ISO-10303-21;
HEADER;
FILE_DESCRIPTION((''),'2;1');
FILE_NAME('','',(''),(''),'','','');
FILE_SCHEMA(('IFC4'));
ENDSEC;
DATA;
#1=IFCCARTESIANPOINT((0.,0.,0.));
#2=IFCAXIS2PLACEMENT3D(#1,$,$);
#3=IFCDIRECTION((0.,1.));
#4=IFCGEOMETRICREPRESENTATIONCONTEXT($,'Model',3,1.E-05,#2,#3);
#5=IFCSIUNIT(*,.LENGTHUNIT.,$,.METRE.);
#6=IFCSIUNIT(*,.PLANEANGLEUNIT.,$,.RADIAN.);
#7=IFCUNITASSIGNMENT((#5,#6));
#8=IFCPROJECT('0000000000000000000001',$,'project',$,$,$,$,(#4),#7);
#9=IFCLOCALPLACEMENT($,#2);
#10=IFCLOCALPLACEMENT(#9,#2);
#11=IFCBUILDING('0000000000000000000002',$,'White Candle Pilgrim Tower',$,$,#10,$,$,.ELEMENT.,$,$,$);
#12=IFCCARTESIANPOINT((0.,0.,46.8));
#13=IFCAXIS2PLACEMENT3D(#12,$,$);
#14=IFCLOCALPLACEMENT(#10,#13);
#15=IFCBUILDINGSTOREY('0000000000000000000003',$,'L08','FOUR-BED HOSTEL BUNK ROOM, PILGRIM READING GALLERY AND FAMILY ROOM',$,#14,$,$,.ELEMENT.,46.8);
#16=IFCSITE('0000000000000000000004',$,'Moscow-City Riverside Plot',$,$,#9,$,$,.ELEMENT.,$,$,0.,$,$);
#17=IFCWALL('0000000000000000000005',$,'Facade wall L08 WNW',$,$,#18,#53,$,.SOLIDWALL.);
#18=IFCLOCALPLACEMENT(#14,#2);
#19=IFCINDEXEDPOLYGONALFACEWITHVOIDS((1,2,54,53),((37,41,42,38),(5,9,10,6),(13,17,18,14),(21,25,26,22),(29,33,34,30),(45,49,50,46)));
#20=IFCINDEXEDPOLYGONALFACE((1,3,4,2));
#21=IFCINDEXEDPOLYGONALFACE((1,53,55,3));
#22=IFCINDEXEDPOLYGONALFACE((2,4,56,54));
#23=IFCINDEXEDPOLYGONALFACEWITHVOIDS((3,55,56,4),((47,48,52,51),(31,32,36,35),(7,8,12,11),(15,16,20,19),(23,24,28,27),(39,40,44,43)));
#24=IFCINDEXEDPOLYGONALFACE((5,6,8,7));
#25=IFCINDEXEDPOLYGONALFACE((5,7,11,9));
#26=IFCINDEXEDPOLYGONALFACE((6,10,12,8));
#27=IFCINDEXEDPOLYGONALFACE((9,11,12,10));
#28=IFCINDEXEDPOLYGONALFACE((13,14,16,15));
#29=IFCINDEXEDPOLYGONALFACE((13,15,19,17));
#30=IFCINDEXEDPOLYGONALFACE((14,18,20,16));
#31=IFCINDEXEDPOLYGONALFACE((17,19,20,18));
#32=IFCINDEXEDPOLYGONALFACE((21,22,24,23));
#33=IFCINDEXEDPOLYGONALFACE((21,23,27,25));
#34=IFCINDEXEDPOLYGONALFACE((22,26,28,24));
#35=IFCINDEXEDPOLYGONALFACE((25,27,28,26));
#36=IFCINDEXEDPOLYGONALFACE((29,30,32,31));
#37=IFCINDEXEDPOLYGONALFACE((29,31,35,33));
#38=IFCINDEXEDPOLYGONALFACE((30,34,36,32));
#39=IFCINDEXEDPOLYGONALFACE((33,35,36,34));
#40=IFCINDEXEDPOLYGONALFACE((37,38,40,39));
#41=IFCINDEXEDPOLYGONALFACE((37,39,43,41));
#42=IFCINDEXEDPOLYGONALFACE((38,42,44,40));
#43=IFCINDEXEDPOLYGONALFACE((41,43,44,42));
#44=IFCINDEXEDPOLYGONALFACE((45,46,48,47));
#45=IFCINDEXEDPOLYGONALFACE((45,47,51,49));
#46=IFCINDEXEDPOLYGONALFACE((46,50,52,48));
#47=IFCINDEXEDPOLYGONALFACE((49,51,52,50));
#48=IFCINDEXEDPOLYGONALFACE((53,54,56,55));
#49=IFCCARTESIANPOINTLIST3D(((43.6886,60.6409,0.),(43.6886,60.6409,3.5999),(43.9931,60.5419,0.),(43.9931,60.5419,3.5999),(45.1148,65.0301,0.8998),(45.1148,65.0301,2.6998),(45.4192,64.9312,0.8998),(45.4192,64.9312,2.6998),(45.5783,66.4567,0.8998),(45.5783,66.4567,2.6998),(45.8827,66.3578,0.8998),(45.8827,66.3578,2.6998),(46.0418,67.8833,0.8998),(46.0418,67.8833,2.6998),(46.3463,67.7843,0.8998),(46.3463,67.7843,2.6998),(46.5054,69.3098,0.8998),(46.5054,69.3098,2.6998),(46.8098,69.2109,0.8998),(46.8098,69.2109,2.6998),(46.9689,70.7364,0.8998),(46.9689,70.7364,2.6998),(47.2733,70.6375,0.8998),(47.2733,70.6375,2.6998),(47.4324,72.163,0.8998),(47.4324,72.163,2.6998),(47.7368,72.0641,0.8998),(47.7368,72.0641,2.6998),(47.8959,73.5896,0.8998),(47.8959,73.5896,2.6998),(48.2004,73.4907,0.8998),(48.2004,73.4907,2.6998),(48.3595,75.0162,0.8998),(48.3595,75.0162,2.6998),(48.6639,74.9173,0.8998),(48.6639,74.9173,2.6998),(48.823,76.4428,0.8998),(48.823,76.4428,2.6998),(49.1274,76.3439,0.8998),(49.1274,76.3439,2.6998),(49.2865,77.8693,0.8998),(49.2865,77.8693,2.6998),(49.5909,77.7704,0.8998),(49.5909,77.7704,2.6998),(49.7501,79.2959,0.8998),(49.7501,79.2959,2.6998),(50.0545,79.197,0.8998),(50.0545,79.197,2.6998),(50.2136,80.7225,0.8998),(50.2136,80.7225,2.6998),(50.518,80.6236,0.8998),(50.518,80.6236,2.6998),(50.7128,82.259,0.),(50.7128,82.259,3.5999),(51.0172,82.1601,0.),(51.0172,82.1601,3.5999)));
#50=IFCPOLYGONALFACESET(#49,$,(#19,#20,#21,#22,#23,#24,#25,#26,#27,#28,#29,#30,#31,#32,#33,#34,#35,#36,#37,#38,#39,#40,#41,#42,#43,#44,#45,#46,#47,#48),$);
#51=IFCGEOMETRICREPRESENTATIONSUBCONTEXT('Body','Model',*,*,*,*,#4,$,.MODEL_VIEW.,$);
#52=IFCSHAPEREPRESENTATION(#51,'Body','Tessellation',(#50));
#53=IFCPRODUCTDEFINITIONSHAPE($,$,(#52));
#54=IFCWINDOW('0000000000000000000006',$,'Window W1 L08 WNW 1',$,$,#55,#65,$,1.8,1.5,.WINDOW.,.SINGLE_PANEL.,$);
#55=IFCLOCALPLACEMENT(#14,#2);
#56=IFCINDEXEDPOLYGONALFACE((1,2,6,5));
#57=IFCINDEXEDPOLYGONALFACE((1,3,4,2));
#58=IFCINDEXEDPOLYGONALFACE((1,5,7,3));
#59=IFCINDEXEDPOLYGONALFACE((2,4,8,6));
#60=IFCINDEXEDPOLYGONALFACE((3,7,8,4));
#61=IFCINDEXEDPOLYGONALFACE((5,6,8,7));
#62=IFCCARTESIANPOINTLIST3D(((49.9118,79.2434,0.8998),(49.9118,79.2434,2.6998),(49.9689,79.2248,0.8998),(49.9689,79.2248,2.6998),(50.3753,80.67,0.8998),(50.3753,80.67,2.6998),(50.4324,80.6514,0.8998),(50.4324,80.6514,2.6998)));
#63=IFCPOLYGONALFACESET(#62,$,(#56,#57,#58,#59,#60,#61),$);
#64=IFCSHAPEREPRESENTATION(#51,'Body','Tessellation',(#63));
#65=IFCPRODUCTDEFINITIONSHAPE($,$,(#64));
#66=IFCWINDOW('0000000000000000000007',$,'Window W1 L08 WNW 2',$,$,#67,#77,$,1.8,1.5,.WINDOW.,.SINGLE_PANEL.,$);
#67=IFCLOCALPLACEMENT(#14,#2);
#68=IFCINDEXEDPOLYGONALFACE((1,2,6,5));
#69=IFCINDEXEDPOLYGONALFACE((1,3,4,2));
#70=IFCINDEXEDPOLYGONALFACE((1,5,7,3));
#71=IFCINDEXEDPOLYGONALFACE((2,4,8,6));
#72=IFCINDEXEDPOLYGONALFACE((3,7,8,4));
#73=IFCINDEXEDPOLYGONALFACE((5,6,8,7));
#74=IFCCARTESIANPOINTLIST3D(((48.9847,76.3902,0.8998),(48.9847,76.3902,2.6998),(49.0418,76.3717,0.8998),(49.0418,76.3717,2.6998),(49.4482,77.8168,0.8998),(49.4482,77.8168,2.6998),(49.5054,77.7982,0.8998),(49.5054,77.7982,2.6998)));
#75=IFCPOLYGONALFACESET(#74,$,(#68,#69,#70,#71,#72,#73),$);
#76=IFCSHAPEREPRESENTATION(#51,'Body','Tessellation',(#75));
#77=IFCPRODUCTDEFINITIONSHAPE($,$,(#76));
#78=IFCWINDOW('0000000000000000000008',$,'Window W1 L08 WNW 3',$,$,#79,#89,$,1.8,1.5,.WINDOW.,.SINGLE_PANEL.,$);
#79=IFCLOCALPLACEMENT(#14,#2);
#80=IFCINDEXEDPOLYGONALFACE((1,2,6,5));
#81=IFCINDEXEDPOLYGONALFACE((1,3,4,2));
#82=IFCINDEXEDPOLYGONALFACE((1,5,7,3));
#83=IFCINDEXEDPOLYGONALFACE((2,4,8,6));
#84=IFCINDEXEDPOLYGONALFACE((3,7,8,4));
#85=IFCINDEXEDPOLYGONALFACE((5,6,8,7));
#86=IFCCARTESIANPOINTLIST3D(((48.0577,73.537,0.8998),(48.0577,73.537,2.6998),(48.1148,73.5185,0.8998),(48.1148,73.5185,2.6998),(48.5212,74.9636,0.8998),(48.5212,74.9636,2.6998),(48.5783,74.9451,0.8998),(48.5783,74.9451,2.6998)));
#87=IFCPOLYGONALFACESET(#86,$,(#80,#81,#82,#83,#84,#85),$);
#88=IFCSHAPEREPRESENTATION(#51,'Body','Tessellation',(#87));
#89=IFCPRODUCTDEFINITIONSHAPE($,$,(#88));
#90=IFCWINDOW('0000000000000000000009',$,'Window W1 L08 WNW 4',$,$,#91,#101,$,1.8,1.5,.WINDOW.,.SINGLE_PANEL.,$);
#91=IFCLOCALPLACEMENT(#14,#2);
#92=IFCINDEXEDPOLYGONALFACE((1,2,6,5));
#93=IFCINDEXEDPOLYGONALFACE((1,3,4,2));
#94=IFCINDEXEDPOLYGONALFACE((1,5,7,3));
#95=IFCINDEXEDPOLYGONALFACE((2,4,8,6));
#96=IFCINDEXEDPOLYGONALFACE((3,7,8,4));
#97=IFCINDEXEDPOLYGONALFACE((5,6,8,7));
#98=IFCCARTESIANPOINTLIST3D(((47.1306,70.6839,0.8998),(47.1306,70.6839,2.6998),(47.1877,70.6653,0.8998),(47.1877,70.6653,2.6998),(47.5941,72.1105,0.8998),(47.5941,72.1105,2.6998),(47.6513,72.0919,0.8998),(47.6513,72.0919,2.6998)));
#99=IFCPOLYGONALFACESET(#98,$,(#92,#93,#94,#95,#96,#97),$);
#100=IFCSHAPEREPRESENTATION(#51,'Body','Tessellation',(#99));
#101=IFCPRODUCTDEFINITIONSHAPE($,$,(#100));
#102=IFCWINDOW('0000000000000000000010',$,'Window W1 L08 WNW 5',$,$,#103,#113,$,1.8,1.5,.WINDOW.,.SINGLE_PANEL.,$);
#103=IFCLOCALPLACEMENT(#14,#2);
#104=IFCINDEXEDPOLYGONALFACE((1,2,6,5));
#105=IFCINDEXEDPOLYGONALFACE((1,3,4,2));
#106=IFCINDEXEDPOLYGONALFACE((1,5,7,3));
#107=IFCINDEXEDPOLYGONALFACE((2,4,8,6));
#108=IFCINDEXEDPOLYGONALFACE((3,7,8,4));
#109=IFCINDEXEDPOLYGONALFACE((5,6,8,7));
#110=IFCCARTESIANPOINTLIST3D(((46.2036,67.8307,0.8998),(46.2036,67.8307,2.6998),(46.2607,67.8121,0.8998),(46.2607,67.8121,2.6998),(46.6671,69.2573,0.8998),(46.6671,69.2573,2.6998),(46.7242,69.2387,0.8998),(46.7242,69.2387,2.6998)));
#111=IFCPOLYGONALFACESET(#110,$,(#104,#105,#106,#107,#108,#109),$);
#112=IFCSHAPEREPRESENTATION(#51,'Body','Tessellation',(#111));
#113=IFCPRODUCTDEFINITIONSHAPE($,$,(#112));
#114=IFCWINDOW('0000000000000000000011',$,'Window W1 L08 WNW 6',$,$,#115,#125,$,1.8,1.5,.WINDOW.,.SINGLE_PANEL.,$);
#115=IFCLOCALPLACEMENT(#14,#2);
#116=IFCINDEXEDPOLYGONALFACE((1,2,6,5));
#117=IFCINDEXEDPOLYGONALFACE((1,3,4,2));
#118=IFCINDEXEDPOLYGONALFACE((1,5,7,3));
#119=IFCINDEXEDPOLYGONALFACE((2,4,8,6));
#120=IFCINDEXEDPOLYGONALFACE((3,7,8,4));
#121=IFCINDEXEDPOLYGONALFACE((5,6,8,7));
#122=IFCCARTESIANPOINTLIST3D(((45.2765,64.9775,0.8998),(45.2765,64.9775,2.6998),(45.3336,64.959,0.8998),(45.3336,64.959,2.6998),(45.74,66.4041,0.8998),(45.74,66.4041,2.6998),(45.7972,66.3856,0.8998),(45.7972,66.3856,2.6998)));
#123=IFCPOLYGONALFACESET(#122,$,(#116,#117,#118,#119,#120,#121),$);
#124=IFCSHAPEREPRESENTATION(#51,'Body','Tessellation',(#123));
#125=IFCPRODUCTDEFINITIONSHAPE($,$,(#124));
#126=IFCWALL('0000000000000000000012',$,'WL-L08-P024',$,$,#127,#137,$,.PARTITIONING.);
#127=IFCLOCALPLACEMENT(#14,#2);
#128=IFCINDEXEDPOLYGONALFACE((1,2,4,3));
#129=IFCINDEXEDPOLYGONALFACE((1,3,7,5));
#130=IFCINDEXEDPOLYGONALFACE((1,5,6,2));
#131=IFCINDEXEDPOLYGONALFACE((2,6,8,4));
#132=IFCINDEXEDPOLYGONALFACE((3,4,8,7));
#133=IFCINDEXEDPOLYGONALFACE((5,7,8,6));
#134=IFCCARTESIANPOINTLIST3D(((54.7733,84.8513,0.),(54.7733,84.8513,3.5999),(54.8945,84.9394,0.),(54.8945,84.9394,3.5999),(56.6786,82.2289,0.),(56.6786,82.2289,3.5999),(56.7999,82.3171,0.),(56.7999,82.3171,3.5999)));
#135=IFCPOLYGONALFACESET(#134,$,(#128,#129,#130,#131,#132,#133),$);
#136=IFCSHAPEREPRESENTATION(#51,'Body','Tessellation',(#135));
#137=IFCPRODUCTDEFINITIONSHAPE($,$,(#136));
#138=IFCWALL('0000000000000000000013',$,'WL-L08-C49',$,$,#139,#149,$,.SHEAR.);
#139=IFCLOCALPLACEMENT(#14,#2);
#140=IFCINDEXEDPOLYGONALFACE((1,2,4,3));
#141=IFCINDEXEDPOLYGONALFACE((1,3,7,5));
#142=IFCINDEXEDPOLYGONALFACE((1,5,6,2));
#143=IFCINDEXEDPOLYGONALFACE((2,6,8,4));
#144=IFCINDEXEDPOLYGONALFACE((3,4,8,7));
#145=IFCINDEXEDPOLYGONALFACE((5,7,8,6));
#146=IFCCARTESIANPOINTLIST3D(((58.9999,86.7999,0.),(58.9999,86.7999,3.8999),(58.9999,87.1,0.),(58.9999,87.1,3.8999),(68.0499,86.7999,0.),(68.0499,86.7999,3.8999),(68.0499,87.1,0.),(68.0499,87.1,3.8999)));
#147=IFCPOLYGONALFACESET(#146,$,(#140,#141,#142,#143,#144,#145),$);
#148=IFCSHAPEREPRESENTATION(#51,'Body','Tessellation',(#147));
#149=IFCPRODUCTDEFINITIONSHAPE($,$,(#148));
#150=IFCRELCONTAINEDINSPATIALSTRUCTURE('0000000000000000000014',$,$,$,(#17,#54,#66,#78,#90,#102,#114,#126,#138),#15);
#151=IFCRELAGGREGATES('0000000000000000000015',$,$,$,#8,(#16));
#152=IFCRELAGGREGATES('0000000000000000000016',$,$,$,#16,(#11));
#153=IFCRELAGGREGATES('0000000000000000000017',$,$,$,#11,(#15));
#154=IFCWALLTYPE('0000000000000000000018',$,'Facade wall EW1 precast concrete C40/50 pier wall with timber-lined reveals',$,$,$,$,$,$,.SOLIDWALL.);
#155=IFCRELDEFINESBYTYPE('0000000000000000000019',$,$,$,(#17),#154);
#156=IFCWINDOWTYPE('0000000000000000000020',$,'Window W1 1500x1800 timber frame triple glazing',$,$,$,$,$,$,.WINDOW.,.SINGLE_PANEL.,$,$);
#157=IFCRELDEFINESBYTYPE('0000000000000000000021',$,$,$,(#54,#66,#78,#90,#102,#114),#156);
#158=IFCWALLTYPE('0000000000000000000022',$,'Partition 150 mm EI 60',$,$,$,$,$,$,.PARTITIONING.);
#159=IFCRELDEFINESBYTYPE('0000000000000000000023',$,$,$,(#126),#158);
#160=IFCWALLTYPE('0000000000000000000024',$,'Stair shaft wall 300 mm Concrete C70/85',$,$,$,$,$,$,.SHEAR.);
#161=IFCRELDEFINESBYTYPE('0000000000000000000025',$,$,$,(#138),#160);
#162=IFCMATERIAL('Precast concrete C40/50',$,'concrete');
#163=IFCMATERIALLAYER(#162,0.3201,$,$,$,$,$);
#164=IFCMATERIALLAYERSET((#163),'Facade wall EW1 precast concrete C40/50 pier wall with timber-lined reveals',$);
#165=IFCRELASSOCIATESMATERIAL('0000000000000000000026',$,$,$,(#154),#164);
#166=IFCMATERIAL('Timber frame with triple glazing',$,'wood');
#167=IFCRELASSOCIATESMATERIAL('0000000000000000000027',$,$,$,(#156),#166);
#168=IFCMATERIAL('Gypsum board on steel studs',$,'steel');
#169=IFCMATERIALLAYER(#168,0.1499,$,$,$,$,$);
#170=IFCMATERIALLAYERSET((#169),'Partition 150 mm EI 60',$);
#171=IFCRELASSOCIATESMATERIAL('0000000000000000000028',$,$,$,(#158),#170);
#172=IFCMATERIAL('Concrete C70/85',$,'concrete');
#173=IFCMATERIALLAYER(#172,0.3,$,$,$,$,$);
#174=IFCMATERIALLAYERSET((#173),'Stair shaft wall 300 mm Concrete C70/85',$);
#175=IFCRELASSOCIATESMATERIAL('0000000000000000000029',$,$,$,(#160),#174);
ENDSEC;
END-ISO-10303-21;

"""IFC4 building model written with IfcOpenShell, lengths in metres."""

from ifc_helpers import new_model, si_unit, direction, frame, frame_2d, origin, place, context, subcontext, project, spatial, rectangle, extrude, material, layer, layer_set, type_object, element, fill, save


model = new_model("IFC4")

# Units and contexts
model_context = context("Model", 3, precision=1e-05, world=origin(), true_north=direction((0.0, 1.0)))
body_context = subcontext(model_context, "Body", "Model", "MODEL_VIEW")
ifc_project = project(units=[si_unit("LENGTHUNIT", "METRE"), si_unit("PLANEANGLEUNIT", "RADIAN")], contexts=[model_context])

# Site, building, storey
site_placement = place(None, origin())
site = spatial("IfcSite", under=ifc_project, at=site_placement, Name="Moscow-City Riverside Plot", CompositionType="ELEMENT", RefElevation=0.0)
building_placement = place(site_placement, origin())
building = spatial("IfcBuilding", under=site, at=building_placement, Name="White Candle Pilgrim Tower", CompositionType="ELEMENT")
storey_placement = place(building_placement, frame((0.0, 0.0, 46.8)))
storey = spatial("IfcBuildingStorey", under=building, at=storey_placement, Name="L08", Description="FOUR-BED HOSTEL BUNK ROOM, PILGRIM READING GALLERY AND FAMILY ROOM", CompositionType="ELEMENT", Elevation=46.8)

# Shared definitions
ifc_material_1 = material(Name="Concrete C70/85", Category="concrete")

# Wall, openings, windows
ifc_material_2 = material(Name="Precast concrete C40/50", Category="concrete")
ifc_layer_1 = layer(ifc_material_2, 0.3201)
ifc_layer_set_1 = layer_set([ifc_layer_1], Name="Facade wall EW1 precast concrete C40/50 pier wall with timber-lined reveals")
wall_type_1 = type_object("IfcWallType", Name="Facade wall EW1 precast concrete C40/50 pier wall with timber-lined reveals", PredefinedType="SOLIDWALL", material=ifc_layer_set_1)
ifc_material_3 = material(Name="Timber frame with triple glazing", Category="wood")
wall_1_placement = place(storey_placement, frame((50.865, 82.2095, 0.0), z_axis=(0.0, 0.0, 1.0), x_axis=(-0.309017, -0.951056, 0.0)))
wall_1 = element("IfcWall", 1, at=wall_1_placement, inside=storey, type_object=wall_type_1, Name="Facade wall L08 WNW", PredefinedType="SOLIDWALL", context=body_context, shape_type="SweptSolid", body=[
    extrude(rectangle(XDim=22.7307, YDim=0.3201, at=frame_2d((11.3652, 0.0))), origin(), (0.0, 0.0, 1.0), 3.5999),
])
opening_1_placement = place(wall_1_placement, frame((1.6155, 0.0, 0.8999)))
opening_1 = element("IfcOpeningElement", 2, at=opening_1_placement, cuts=wall_1, PredefinedType="OPENING", context=body_context, shape_type="SweptSolid", body=[
    extrude(rectangle(XDim=1.5, YDim=1.8, at=frame_2d((0.75, 0.8999))), frame((0.0, 0.1699, 0.0), z_axis=(0.0, -1.0, 0.0), x_axis=(1.0, 0.0, 0.0)), (0.0, 0.0, 1.0), 0.3401),
])
opening_2_placement = place(wall_1_placement, frame((4.6155, 0.0, 0.8999)))
opening_2 = element("IfcOpeningElement", 3, at=opening_2_placement, cuts=wall_1, PredefinedType="OPENING", context=body_context, shape_type="SweptSolid", body=[
    extrude(rectangle(XDim=1.5, YDim=1.8, at=frame_2d((0.75, 0.8999))), frame((0.0, 0.1699, 0.0), z_axis=(0.0, -1.0, 0.0), x_axis=(1.0, 0.0, 0.0)), (0.0, 0.0, 1.0), 0.3401),
])
opening_3_placement = place(wall_1_placement, frame((7.6155, 0.0, 0.8999)))
opening_3 = element("IfcOpeningElement", 4, at=opening_3_placement, cuts=wall_1, PredefinedType="OPENING", context=body_context, shape_type="SweptSolid", body=[
    extrude(rectangle(XDim=1.5, YDim=1.8, at=frame_2d((0.75, 0.8999))), frame((0.0, 0.1699, 0.0), z_axis=(0.0, -1.0, 0.0), x_axis=(1.0, 0.0, 0.0)), (0.0, 0.0, 1.0), 0.3401),
])
opening_4_placement = place(wall_1_placement, frame((10.6155, 0.0, 0.8999)))
opening_4 = element("IfcOpeningElement", 5, at=opening_4_placement, cuts=wall_1, PredefinedType="OPENING", context=body_context, shape_type="SweptSolid", body=[
    extrude(rectangle(XDim=1.5, YDim=1.8, at=frame_2d((0.75, 0.8999))), frame((0.0, 0.1699, 0.0), z_axis=(0.0, -1.0, 0.0), x_axis=(1.0, 0.0, 0.0)), (0.0, 0.0, 1.0), 0.3401),
])
opening_5_placement = place(wall_1_placement, frame((13.6155, 0.0, 0.8999)))
opening_5 = element("IfcOpeningElement", 6, at=opening_5_placement, cuts=wall_1, PredefinedType="OPENING", context=body_context, shape_type="SweptSolid", body=[
    extrude(rectangle(XDim=1.5, YDim=1.8, at=frame_2d((0.75, 0.8999))), frame((0.0, 0.1699, 0.0), z_axis=(0.0, -1.0, 0.0), x_axis=(1.0, 0.0, 0.0)), (0.0, 0.0, 1.0), 0.3401),
])
opening_6_placement = place(wall_1_placement, frame((16.6155, 0.0, 0.8999)))
opening_6 = element("IfcOpeningElement", 7, at=opening_6_placement, cuts=wall_1, PredefinedType="OPENING", context=body_context, shape_type="SweptSolid", body=[
    extrude(rectangle(XDim=1.5, YDim=1.8, at=frame_2d((0.75, 0.8999))), frame((0.0, 0.1699, 0.0), z_axis=(0.0, -1.0, 0.0), x_axis=(1.0, 0.0, 0.0)), (0.0, 0.0, 1.0), 0.3401),
])
window_type_1 = type_object("IfcWindowType", Name="Window W1 1500x1800 timber frame triple glazing", PartitioningType="SINGLE_PANEL", PredefinedType="WINDOW", material=ifc_material_3)
window_1_placement = place(opening_1_placement, origin())
window_1 = element("IfcWindow", 8, at=window_1_placement, inside=storey, type_object=window_type_1, Name="Window W1 L08 WNW 1", OverallHeight=1.8, OverallWidth=1.5, PartitioningType="SINGLE_PANEL", PredefinedType="WINDOW", context=body_context, shape_type="SweptSolid", body=[
    extrude(rectangle(XDim=1.5, YDim=1.8, at=frame_2d((0.75, 0.8999))), frame((0.0, 0.0701, 0.0), z_axis=(0.0, -1.0, 0.0), x_axis=(1.0, 0.0, 0.0)), (0.0, 0.0, 1.0), 0.0601),
])
fill(opening_1, window_1)
window_2_placement = place(opening_2_placement, origin())
window_2 = element("IfcWindow", 9, at=window_2_placement, inside=storey, type_object=window_type_1, Name="Window W1 L08 WNW 2", OverallHeight=1.8, OverallWidth=1.5, PartitioningType="SINGLE_PANEL", PredefinedType="WINDOW", context=body_context, shape_type="SweptSolid", body=[
    extrude(rectangle(XDim=1.5, YDim=1.8, at=frame_2d((0.75, 0.8999))), frame((0.0, 0.0701, 0.0), z_axis=(0.0, -1.0, 0.0), x_axis=(1.0, 0.0, 0.0)), (0.0, 0.0, 1.0), 0.0601),
])
fill(opening_2, window_2)
window_3_placement = place(opening_3_placement, origin())
window_3 = element("IfcWindow", 10, at=window_3_placement, inside=storey, type_object=window_type_1, Name="Window W1 L08 WNW 3", OverallHeight=1.8, OverallWidth=1.5, PartitioningType="SINGLE_PANEL", PredefinedType="WINDOW", context=body_context, shape_type="SweptSolid", body=[
    extrude(rectangle(XDim=1.5, YDim=1.8, at=frame_2d((0.75, 0.8999))), frame((0.0, 0.0701, 0.0), z_axis=(0.0, -1.0, 0.0), x_axis=(1.0, 0.0, 0.0)), (0.0, 0.0, 1.0), 0.0601),
])
fill(opening_3, window_3)
window_4_placement = place(opening_4_placement, origin())
window_4 = element("IfcWindow", 11, at=window_4_placement, inside=storey, type_object=window_type_1, Name="Window W1 L08 WNW 4", OverallHeight=1.8, OverallWidth=1.5, PartitioningType="SINGLE_PANEL", PredefinedType="WINDOW", context=body_context, shape_type="SweptSolid", body=[
    extrude(rectangle(XDim=1.5, YDim=1.8, at=frame_2d((0.75, 0.8999))), frame((0.0, 0.0701, 0.0), z_axis=(0.0, -1.0, 0.0), x_axis=(1.0, 0.0, 0.0)), (0.0, 0.0, 1.0), 0.0601),
])
fill(opening_4, window_4)
window_5_placement = place(opening_5_placement, origin())
window_5 = element("IfcWindow", 12, at=window_5_placement, inside=storey, type_object=window_type_1, Name="Window W1 L08 WNW 5", OverallHeight=1.8, OverallWidth=1.5, PartitioningType="SINGLE_PANEL", PredefinedType="WINDOW", context=body_context, shape_type="SweptSolid", body=[
    extrude(rectangle(XDim=1.5, YDim=1.8, at=frame_2d((0.75, 0.8999))), frame((0.0, 0.0701, 0.0), z_axis=(0.0, -1.0, 0.0), x_axis=(1.0, 0.0, 0.0)), (0.0, 0.0, 1.0), 0.0601),
])
fill(opening_5, window_5)
window_6_placement = place(opening_6_placement, origin())
window_6 = element("IfcWindow", 13, at=window_6_placement, inside=storey, type_object=window_type_1, Name="Window W1 L08 WNW 6", OverallHeight=1.8, OverallWidth=1.5, PartitioningType="SINGLE_PANEL", PredefinedType="WINDOW", context=body_context, shape_type="SweptSolid", body=[
    extrude(rectangle(XDim=1.5, YDim=1.8, at=frame_2d((0.75, 0.8999))), frame((0.0, 0.0701, 0.0), z_axis=(0.0, -1.0, 0.0), x_axis=(1.0, 0.0, 0.0)), (0.0, 0.0, 1.0), 0.0601),
])
fill(opening_6, window_6)

# Walls
ifc_material_4 = material(Name="Gypsum board on steel studs", Category="steel")
ifc_layer_2 = layer(ifc_material_4, 0.1499)
ifc_layer_set_2 = layer_set([ifc_layer_2], Name="Partition 150 mm EI 60")
wall_type_2 = type_object("IfcWallType", Name="Partition 150 mm EI 60", PredefinedType="PARTITIONING", material=ifc_layer_set_2)
wall_2_placement = place(storey_placement, frame((54.834, 84.8953, 0.0), z_axis=(0.0, 0.0, 1.0), x_axis=(0.587795, -0.80901, 0.0)))
element("IfcWall", 14, at=wall_2_placement, inside=storey, type_object=wall_type_2, Name="WL-L08-P024", PredefinedType="PARTITIONING", context=body_context, shape_type="SweptSolid", body=[
    extrude(rectangle(XDim=3.2415, YDim=0.1499, at=frame_2d((1.6206, 0.0))), origin(), (0.0, 0.0, 1.0), 3.5999),
])
ifc_layer_3 = layer(ifc_material_1, 0.3)
ifc_layer_set_3 = layer_set([ifc_layer_3], Name="Stair shaft wall 300 mm Concrete C70/85")
wall_type_3 = type_object("IfcWallType", Name="Stair shaft wall 300 mm Concrete C70/85", PredefinedType="SHEAR", material=ifc_layer_set_3)
wall_3_placement = place(storey_placement, frame((59.0, 86.95, 0.0), z_axis=(0.0, 0.0, 1.0), x_axis=(1.0, 0.0, 0.0)))
element("IfcWall", 15, at=wall_3_placement, inside=storey, type_object=wall_type_3, Name="WL-L08-C49", PredefinedType="SHEAR", context=body_context, shape_type="SweptSolid", body=[
    extrude(rectangle(XDim=9.05, YDim=0.3, at=frame_2d((4.5249, 0.0))), origin(), (0.0, 0.0, 1.0), 3.8999),
])

save(model, "model.ifc")
